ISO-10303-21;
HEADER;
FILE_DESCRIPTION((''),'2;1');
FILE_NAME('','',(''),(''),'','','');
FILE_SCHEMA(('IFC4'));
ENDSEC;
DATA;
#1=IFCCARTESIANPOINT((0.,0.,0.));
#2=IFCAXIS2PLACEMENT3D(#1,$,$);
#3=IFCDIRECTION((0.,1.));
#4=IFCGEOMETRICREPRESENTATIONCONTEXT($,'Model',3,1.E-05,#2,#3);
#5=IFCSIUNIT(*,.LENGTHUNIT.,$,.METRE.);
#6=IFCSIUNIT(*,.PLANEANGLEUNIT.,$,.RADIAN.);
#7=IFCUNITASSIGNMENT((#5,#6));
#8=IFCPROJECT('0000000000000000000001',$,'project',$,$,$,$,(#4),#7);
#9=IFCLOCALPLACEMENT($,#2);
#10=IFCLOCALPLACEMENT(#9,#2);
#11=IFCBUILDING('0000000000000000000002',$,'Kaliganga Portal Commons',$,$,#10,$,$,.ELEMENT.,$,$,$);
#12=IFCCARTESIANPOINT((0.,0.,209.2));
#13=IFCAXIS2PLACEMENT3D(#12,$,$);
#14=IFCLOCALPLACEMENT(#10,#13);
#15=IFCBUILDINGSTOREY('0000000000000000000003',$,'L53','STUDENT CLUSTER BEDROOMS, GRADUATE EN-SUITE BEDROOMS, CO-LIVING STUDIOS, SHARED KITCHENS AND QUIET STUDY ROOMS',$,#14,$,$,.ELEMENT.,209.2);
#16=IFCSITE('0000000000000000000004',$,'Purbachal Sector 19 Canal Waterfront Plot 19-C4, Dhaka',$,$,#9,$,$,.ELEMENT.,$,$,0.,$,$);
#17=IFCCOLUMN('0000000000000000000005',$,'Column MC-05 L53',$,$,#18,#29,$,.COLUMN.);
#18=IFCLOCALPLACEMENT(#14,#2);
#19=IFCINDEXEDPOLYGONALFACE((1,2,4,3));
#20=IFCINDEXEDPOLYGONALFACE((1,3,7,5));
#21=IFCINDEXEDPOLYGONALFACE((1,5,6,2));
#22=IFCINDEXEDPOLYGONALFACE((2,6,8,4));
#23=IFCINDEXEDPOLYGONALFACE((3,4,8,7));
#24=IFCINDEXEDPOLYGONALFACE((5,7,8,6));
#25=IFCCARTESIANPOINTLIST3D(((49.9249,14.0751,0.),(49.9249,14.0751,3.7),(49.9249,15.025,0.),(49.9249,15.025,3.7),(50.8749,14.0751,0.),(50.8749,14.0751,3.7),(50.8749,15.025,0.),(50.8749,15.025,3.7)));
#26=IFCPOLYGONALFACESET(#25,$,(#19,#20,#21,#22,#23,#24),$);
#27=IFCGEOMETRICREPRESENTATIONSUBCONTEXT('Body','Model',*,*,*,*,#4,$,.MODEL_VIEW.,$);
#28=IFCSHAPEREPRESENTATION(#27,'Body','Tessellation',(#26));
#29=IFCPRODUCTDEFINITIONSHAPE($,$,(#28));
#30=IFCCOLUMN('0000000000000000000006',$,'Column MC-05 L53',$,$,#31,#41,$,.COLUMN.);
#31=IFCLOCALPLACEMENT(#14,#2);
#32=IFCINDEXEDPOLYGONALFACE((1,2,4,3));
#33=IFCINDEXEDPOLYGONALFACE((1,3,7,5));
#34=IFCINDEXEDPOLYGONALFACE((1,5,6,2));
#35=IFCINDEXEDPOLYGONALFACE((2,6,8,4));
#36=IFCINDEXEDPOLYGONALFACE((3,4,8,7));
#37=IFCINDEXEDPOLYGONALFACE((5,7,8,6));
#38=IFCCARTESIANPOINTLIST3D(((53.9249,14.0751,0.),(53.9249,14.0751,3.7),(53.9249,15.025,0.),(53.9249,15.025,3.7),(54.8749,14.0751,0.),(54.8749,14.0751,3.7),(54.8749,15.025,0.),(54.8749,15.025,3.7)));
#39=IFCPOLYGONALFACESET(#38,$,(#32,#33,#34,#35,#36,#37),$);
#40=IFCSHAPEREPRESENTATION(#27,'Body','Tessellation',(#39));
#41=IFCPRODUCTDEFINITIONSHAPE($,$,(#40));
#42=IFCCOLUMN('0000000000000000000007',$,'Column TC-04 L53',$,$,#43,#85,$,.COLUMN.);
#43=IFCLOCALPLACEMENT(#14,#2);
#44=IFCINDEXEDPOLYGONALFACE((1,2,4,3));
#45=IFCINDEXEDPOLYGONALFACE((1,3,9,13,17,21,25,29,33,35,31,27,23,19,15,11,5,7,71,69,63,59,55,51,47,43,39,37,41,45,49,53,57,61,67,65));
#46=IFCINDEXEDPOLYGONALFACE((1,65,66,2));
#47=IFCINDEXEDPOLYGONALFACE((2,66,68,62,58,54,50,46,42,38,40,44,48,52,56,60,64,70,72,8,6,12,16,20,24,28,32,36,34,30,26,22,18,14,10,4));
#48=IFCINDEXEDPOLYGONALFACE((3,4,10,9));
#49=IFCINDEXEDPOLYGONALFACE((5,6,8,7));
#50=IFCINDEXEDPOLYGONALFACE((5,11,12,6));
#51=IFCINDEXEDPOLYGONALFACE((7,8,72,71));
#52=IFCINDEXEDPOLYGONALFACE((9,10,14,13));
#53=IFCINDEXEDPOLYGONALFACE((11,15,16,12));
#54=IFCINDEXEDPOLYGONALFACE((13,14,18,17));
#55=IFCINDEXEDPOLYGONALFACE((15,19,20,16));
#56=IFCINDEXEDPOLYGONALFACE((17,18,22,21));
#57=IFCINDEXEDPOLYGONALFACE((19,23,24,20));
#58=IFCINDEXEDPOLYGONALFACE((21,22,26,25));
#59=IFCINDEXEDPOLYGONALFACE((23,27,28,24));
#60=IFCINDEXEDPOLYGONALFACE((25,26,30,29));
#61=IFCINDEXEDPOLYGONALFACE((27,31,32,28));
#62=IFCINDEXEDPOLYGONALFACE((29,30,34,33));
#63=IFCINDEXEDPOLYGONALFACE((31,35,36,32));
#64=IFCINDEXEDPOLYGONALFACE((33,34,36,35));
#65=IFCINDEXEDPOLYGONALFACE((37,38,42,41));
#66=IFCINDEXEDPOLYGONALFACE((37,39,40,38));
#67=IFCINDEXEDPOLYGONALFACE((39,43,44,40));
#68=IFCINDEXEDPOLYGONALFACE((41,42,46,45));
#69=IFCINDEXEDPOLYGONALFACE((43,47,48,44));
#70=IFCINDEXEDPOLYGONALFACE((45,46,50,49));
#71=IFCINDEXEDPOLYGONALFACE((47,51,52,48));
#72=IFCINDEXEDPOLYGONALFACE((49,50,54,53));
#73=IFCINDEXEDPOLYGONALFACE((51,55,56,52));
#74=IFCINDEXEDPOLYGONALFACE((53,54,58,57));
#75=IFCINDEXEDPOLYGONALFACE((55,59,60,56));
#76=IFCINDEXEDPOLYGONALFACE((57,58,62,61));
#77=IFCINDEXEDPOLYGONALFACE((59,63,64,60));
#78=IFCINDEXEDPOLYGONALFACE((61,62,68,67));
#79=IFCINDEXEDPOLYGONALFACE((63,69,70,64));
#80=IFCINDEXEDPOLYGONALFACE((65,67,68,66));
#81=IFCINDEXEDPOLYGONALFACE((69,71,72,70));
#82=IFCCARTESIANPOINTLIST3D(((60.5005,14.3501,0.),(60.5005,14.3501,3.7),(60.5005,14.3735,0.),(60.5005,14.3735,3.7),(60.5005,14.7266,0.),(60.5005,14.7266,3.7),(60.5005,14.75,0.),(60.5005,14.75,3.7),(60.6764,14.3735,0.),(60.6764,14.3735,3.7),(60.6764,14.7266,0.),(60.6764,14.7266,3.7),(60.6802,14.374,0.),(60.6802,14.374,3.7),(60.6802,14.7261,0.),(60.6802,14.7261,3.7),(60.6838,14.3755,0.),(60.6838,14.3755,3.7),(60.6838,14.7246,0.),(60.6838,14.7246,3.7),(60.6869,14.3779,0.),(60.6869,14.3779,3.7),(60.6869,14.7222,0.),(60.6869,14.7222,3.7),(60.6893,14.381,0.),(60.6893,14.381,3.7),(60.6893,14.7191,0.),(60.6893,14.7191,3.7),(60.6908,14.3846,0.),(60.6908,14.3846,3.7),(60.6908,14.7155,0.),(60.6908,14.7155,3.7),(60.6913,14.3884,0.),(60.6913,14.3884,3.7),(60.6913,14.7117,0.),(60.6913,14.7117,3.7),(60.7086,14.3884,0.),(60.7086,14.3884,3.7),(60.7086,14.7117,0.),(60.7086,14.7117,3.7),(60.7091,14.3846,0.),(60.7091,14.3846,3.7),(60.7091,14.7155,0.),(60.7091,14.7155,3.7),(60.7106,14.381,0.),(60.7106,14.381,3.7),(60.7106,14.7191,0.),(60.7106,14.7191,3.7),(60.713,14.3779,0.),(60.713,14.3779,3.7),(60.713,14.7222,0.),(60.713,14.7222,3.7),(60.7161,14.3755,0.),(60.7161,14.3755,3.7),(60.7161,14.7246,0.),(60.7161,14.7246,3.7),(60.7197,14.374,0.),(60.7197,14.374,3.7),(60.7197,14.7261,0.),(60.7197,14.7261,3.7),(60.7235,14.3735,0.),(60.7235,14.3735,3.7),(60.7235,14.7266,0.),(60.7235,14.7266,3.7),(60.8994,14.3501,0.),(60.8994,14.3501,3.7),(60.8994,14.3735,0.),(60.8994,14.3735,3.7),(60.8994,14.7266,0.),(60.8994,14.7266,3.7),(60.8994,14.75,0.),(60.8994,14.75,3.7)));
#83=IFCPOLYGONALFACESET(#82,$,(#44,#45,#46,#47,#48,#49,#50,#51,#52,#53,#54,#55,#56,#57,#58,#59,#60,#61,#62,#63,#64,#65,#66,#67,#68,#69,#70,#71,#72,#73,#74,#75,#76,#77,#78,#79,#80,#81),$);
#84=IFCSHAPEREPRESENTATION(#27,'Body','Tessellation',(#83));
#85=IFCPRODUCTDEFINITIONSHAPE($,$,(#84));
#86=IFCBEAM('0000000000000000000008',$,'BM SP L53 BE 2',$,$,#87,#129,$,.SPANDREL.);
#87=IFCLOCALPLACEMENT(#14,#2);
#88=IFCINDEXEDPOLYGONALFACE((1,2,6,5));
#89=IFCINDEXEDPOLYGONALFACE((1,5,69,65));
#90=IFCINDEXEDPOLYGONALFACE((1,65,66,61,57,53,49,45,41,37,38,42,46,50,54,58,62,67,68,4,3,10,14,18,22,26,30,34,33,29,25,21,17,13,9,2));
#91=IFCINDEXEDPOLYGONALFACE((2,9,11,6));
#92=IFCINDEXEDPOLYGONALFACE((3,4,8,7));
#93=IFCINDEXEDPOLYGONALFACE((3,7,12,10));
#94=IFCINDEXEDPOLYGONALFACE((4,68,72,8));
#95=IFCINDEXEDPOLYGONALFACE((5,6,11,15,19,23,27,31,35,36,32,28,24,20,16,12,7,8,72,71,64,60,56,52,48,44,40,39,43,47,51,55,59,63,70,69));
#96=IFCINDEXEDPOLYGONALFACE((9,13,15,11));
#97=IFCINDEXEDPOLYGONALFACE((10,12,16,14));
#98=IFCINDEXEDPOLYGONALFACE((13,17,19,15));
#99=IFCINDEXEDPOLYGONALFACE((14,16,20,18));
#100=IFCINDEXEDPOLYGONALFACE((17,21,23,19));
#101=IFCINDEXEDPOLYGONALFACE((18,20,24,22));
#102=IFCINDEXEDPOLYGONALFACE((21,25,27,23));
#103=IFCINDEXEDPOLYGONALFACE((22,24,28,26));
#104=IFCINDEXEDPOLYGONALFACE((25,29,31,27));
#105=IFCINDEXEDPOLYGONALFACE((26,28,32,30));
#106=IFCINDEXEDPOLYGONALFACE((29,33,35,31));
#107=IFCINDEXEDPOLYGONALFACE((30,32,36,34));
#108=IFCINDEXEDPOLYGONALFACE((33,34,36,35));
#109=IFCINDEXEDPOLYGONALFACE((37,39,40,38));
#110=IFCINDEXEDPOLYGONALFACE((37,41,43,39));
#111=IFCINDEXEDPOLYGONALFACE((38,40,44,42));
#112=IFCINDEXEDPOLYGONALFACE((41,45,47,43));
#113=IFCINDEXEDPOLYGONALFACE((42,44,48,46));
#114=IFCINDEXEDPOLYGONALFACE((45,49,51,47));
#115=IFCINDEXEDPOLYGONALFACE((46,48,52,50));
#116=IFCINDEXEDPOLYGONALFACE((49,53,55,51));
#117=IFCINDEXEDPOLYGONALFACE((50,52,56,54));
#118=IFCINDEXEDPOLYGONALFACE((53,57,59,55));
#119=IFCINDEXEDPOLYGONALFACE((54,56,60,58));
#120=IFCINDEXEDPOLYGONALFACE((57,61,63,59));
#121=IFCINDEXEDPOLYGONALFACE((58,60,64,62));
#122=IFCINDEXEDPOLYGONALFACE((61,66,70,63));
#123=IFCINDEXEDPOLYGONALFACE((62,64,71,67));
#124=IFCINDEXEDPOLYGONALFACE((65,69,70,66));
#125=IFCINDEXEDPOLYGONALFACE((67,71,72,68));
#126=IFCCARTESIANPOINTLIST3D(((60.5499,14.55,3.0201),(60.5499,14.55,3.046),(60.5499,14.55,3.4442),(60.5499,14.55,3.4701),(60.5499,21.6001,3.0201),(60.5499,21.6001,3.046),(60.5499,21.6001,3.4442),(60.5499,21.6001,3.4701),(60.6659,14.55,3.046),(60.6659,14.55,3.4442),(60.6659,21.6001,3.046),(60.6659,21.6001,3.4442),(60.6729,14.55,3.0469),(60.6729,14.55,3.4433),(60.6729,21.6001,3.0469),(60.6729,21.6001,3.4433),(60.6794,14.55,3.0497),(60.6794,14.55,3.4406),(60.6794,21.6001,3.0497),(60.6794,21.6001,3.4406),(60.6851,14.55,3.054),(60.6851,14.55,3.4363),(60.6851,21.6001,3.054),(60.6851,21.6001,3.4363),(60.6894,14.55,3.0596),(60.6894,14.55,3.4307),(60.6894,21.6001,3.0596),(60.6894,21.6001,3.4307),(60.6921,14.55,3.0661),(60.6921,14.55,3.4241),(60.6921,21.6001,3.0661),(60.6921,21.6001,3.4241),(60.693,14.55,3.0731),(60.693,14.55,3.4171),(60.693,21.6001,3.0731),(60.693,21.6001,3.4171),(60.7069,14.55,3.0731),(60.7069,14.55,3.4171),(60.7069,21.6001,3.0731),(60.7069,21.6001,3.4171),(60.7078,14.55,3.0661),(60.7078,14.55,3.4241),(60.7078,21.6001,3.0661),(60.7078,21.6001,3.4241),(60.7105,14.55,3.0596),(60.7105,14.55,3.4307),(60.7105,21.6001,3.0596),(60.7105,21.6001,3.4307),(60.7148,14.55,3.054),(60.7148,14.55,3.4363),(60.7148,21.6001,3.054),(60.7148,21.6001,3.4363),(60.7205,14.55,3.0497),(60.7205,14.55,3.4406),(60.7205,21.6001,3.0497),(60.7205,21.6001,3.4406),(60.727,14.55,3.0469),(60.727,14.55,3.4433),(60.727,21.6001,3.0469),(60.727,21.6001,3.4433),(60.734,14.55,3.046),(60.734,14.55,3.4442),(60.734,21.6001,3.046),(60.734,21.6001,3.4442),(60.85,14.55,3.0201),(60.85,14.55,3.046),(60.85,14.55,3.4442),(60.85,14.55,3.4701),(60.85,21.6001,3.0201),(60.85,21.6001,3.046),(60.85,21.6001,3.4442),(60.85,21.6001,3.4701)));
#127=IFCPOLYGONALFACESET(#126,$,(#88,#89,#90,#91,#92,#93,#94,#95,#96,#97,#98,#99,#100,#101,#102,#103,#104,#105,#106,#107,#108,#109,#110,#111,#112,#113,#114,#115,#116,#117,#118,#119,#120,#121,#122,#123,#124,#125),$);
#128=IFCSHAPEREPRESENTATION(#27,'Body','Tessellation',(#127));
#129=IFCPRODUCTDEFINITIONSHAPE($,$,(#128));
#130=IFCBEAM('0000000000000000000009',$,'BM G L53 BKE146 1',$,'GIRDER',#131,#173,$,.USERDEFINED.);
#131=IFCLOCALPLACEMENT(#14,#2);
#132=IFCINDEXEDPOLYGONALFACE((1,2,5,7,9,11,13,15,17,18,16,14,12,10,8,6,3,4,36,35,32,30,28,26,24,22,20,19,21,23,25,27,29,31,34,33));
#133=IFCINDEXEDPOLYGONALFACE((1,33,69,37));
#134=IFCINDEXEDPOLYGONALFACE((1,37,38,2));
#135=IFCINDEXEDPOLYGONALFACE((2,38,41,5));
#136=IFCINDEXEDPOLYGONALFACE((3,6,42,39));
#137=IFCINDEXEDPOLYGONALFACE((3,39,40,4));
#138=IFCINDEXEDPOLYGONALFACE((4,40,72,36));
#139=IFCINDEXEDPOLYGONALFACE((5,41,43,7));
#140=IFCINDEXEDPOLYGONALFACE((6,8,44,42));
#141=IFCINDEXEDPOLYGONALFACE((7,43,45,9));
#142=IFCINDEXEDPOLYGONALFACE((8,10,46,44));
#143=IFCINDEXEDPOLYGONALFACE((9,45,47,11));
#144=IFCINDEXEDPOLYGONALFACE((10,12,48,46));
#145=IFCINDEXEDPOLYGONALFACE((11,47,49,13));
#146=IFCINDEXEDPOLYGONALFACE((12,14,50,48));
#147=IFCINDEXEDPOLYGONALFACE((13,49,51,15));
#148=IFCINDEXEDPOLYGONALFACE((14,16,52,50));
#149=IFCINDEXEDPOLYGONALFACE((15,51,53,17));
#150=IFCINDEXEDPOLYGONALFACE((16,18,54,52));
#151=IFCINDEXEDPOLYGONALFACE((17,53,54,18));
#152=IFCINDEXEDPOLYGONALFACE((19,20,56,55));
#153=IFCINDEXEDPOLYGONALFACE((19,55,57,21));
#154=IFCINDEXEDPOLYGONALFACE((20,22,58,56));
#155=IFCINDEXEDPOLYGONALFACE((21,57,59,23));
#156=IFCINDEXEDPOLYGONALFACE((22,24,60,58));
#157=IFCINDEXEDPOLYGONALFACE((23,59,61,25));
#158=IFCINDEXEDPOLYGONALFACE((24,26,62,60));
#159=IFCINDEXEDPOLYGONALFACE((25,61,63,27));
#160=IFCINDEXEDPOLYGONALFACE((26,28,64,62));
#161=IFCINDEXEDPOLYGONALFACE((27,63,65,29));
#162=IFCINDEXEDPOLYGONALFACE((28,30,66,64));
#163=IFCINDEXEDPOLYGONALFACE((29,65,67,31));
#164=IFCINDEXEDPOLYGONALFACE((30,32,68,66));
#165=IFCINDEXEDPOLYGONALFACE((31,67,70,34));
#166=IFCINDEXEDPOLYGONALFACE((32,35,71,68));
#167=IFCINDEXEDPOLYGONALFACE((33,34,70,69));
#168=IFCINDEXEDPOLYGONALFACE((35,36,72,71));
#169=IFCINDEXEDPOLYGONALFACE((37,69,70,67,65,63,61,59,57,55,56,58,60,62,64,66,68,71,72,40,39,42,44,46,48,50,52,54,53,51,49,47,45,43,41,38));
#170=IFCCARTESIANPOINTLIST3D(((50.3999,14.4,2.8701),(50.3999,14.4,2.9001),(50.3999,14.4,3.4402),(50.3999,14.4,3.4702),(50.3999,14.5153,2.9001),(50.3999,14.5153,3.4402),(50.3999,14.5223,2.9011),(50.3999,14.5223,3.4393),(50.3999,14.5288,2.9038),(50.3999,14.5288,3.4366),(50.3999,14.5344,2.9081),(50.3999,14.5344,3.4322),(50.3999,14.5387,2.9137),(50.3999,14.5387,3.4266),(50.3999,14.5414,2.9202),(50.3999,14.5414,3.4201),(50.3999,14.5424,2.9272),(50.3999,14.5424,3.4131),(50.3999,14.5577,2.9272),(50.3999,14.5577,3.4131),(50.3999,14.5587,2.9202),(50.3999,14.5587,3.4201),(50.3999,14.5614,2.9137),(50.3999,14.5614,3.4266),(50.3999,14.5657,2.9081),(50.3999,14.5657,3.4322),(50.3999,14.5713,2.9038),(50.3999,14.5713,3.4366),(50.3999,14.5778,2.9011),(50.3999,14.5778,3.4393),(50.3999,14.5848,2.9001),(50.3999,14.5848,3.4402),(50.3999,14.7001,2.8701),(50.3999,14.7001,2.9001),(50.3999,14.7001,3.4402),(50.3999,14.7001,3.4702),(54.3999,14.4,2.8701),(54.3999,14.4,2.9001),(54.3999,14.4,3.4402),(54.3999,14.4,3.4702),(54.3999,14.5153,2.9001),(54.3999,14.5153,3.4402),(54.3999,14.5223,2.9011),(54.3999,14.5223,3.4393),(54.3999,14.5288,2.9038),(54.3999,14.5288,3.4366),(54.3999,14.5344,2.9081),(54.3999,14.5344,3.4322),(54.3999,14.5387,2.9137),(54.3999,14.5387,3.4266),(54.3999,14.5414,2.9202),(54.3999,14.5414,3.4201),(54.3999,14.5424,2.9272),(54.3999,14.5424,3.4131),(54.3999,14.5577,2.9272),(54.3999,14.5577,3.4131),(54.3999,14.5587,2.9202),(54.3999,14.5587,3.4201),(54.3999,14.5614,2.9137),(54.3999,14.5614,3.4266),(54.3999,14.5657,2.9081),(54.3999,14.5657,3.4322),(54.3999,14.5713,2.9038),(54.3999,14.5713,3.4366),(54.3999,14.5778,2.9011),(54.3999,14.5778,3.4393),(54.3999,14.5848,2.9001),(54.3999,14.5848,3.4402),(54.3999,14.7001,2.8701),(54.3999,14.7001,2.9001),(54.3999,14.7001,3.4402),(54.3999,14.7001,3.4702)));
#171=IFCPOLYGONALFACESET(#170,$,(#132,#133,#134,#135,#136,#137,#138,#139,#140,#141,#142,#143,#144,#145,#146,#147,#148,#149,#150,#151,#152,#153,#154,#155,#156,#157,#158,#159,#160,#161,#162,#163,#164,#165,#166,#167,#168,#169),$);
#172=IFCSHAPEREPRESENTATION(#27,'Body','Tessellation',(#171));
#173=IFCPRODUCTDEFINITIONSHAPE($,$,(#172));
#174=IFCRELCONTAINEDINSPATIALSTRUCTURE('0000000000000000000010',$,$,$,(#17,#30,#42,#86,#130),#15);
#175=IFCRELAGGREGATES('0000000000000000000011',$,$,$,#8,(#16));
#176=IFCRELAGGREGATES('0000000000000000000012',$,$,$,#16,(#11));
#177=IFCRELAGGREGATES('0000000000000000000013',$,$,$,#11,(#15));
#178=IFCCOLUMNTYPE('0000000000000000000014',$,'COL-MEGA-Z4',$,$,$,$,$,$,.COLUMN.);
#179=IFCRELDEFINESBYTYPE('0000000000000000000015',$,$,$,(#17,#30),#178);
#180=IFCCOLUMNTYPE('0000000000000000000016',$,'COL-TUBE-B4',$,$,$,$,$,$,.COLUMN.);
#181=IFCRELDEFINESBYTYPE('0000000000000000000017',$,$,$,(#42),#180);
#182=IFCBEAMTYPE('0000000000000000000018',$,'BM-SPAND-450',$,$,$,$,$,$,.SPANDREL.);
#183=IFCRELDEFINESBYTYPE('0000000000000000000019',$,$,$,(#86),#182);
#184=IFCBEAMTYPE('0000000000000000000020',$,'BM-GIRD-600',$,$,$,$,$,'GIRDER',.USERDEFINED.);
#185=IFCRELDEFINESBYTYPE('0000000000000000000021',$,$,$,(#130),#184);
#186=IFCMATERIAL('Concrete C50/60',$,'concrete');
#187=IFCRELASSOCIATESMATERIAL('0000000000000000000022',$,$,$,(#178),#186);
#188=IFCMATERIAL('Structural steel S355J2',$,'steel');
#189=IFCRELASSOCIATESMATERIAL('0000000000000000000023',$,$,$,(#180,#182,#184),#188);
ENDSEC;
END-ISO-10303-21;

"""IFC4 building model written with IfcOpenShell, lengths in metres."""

from ifc_helpers import new_model, si_unit, direction, frame, origin, origin_2d, place, context, subcontext, project, spatial, rectangle, i_section, extrude, source, transform, mapped, material, material_profile, profile_set, type_object, element, save


model = new_model("IFC4")

# Units and contexts
model_context = context("Model", 3, precision=1e-05, world=origin(), true_north=direction((0.0, 1.0)))
body_context = subcontext(model_context, "Body", "Model", "MODEL_VIEW")
ifc_project = project(units=[si_unit("LENGTHUNIT", "METRE"), si_unit("PLANEANGLEUNIT", "RADIAN")], contexts=[model_context])

# Site, building, storey
site_placement = place(None, origin())
site = spatial("IfcSite", under=ifc_project, at=site_placement, Name="Purbachal Sector 19 Canal Waterfront Plot 19-C4, Dhaka", CompositionType="ELEMENT", RefElevation=0.0)
building_placement = place(site_placement, origin())
building = spatial("IfcBuilding", under=site, at=building_placement, Name="Kaliganga Portal Commons", CompositionType="ELEMENT")
storey_placement = place(building_placement, frame((0.0, 0.0, 209.2)))
storey = spatial("IfcBuildingStorey", under=building, at=storey_placement, Name="L53", Description="STUDENT CLUSTER BEDROOMS, GRADUATE EN-SUITE BEDROOMS, CO-LIVING STUDIOS, SHARED KITCHENS AND QUIET STUDY ROOMS", CompositionType="ELEMENT", Elevation=209.2)

# Columns
ifc_material_1 = material(Name="Concrete C50/60", Category="concrete")
ifc_material_profile_1 = material_profile(ifc_material_1, rectangle(XDim=0.95, YDim=0.95, at=origin_2d()), Name="RC 950x950")
ifc_profile_set_1 = profile_set([ifc_material_profile_1], Name="Concrete C50/60")
column_type_1 = type_object("IfcColumnType", Name="COL-MEGA-Z4", PredefinedType="COLUMN", material=ifc_profile_set_1)
shared_shape_1 = source(origin(), body_context, "Body", "SweptSolid", [
    extrude(rectangle(XDim=0.95, YDim=0.95, at=origin_2d()), origin(), (0.0, 0.0, 1.0), 3.7),
])
for number, where, z_axis, x_axis, name in (
    (1, (50.3999, 14.55, 0.0), (0.0, 0.0, 1.0), (1.0, 0.0, 0.0), "Column MC-05 L53"),
    (2, (54.3999, 14.55, 0.0), (0.0, 0.0, 1.0), (1.0, 0.0, 0.0), "Column MC-05 L53"),
):
    element("IfcColumn", number, at=place(storey_placement, frame(where, z_axis=z_axis, x_axis=x_axis)), inside=storey, type_object=column_type_1, Name=name, PredefinedType="COLUMN", context=body_context, shape_type="MappedRepresentation", body=[
        mapped(shared_shape_1, transform((0.0, 0.0, 0.0), x_axis=(1.0, 0.0, 0.0), y_axis=(0.0, 1.0, 0.0), z_axis=(0.0, 0.0, 1.0), scale=1.0)),
    ])
ifc_material_2 = material(Name="Structural steel S355J2", Category="steel")
ifc_material_profile_2 = material_profile(ifc_material_2, i_section(OverallWidth=0.3989, OverallDepth=0.3999, WebThickness=0.0173, FlangeThickness=0.0234, FilletRadius=0.0149, at=origin_2d()), Name="HD 400x287")
ifc_profile_set_2 = profile_set([ifc_material_profile_2], Name="Structural steel S355J2 wide-flange")
column_type_2 = type_object("IfcColumnType", Name="COL-TUBE-B4", PredefinedType="COLUMN", material=ifc_profile_set_2)
shared_shape_2 = source(origin(), body_context, "Body", "SweptSolid", [
    extrude(i_section(OverallWidth=0.3989, OverallDepth=0.3999, WebThickness=0.0173, FlangeThickness=0.0234, FilletRadius=0.0149, at=origin_2d()), origin(), (0.0, 0.0, 1.0), 3.7),
])
column_placement = place(storey_placement, frame((60.7, 14.55, 0.0), z_axis=(0.0, 0.0, 1.0), x_axis=(1.0, 0.0, 0.0)))
element("IfcColumn", 3, at=column_placement, inside=storey, type_object=column_type_2, Name="Column TC-04 L53", PredefinedType="COLUMN", context=body_context, shape_type="MappedRepresentation", body=[
    mapped(shared_shape_2, transform((0.0, 0.0, 0.0), x_axis=(1.0, 0.0, 0.0), y_axis=(0.0, 1.0, 0.0), z_axis=(0.0, 0.0, 1.0), scale=1.0)),
])

# Beams
ifc_material_profile_3 = material_profile(ifc_material_2, i_section(OverallWidth=0.3, OverallDepth=0.45, WebThickness=0.0139, FlangeThickness=0.0259, FilletRadius=0.0271, at=origin_2d()), Name="HE 450 B")
ifc_profile_set_3 = profile_set([ifc_material_profile_3], Name="Structural steel S355J2 wide-flange")
beam_type_1 = type_object("IfcBeamType", Name="BM-SPAND-450", PredefinedType="SPANDREL", material=ifc_profile_set_3)
shared_shape_3 = source(origin(), body_context, "Body", "SweptSolid", [
    extrude(i_section(OverallWidth=0.3, OverallDepth=0.45, WebThickness=0.0139, FlangeThickness=0.0259, FilletRadius=0.0271, at=origin_2d()), origin(), (0.0, 0.0, 1.0), 7.05),
])
beam_1_placement = place(storey_placement, frame((60.7, 14.55, 3.2451), z_axis=(0.0, 1.0, 0.0), x_axis=(-1.0, 0.0, 0.0)))
element("IfcBeam", 4, at=beam_1_placement, inside=storey, type_object=beam_type_1, Name="BM SP L53 BE 2", PredefinedType="SPANDREL", context=body_context, shape_type="MappedRepresentation", body=[
    mapped(shared_shape_3, transform((0.0, 0.0, 0.0), x_axis=(1.0, 0.0, 0.0), y_axis=(0.0, 1.0, 0.0), z_axis=(0.0, 0.0, 1.0), scale=1.0)),
])
ifc_material_profile_4 = material_profile(ifc_material_2, i_section(OverallWidth=0.3, OverallDepth=0.6001, WebThickness=0.0154, FlangeThickness=0.03, FilletRadius=0.0271, at=origin_2d()), Name="HE 600 B")
ifc_profile_set_4 = profile_set([ifc_material_profile_4], Name="Structural steel S355J2 wide-flange")
beam_type_2 = type_object("IfcBeamType", Name="BM-GIRD-600", ElementType="GIRDER", PredefinedType="USERDEFINED", material=ifc_profile_set_4)
shared_shape_4 = source(origin(), body_context, "Body", "SweptSolid", [
    extrude(i_section(OverallWidth=0.3, OverallDepth=0.6001, WebThickness=0.0154, FlangeThickness=0.03, FilletRadius=0.0271, at=origin_2d()), origin(), (0.0, 0.0, 1.0), 4.0),
])
beam_2_placement = place(storey_placement, frame((50.3999, 14.55, 3.1702), z_axis=(1.0, 0.0, 0.0), x_axis=(0.0, 1.0, 0.0)))
element("IfcBeam", 5, at=beam_2_placement, inside=storey, type_object=beam_type_2, Name="BM G L53 BKE146 1", ObjectType="GIRDER", PredefinedType="USERDEFINED", context=body_context, shape_type="MappedRepresentation", body=[
    mapped(shared_shape_4, transform((0.0, 0.0, 0.0), x_axis=(1.0, 0.0, 0.0), y_axis=(0.0, 1.0, 0.0), z_axis=(0.0, 0.0, 1.0), scale=1.0)),
])

save(model, "model.ifc")
